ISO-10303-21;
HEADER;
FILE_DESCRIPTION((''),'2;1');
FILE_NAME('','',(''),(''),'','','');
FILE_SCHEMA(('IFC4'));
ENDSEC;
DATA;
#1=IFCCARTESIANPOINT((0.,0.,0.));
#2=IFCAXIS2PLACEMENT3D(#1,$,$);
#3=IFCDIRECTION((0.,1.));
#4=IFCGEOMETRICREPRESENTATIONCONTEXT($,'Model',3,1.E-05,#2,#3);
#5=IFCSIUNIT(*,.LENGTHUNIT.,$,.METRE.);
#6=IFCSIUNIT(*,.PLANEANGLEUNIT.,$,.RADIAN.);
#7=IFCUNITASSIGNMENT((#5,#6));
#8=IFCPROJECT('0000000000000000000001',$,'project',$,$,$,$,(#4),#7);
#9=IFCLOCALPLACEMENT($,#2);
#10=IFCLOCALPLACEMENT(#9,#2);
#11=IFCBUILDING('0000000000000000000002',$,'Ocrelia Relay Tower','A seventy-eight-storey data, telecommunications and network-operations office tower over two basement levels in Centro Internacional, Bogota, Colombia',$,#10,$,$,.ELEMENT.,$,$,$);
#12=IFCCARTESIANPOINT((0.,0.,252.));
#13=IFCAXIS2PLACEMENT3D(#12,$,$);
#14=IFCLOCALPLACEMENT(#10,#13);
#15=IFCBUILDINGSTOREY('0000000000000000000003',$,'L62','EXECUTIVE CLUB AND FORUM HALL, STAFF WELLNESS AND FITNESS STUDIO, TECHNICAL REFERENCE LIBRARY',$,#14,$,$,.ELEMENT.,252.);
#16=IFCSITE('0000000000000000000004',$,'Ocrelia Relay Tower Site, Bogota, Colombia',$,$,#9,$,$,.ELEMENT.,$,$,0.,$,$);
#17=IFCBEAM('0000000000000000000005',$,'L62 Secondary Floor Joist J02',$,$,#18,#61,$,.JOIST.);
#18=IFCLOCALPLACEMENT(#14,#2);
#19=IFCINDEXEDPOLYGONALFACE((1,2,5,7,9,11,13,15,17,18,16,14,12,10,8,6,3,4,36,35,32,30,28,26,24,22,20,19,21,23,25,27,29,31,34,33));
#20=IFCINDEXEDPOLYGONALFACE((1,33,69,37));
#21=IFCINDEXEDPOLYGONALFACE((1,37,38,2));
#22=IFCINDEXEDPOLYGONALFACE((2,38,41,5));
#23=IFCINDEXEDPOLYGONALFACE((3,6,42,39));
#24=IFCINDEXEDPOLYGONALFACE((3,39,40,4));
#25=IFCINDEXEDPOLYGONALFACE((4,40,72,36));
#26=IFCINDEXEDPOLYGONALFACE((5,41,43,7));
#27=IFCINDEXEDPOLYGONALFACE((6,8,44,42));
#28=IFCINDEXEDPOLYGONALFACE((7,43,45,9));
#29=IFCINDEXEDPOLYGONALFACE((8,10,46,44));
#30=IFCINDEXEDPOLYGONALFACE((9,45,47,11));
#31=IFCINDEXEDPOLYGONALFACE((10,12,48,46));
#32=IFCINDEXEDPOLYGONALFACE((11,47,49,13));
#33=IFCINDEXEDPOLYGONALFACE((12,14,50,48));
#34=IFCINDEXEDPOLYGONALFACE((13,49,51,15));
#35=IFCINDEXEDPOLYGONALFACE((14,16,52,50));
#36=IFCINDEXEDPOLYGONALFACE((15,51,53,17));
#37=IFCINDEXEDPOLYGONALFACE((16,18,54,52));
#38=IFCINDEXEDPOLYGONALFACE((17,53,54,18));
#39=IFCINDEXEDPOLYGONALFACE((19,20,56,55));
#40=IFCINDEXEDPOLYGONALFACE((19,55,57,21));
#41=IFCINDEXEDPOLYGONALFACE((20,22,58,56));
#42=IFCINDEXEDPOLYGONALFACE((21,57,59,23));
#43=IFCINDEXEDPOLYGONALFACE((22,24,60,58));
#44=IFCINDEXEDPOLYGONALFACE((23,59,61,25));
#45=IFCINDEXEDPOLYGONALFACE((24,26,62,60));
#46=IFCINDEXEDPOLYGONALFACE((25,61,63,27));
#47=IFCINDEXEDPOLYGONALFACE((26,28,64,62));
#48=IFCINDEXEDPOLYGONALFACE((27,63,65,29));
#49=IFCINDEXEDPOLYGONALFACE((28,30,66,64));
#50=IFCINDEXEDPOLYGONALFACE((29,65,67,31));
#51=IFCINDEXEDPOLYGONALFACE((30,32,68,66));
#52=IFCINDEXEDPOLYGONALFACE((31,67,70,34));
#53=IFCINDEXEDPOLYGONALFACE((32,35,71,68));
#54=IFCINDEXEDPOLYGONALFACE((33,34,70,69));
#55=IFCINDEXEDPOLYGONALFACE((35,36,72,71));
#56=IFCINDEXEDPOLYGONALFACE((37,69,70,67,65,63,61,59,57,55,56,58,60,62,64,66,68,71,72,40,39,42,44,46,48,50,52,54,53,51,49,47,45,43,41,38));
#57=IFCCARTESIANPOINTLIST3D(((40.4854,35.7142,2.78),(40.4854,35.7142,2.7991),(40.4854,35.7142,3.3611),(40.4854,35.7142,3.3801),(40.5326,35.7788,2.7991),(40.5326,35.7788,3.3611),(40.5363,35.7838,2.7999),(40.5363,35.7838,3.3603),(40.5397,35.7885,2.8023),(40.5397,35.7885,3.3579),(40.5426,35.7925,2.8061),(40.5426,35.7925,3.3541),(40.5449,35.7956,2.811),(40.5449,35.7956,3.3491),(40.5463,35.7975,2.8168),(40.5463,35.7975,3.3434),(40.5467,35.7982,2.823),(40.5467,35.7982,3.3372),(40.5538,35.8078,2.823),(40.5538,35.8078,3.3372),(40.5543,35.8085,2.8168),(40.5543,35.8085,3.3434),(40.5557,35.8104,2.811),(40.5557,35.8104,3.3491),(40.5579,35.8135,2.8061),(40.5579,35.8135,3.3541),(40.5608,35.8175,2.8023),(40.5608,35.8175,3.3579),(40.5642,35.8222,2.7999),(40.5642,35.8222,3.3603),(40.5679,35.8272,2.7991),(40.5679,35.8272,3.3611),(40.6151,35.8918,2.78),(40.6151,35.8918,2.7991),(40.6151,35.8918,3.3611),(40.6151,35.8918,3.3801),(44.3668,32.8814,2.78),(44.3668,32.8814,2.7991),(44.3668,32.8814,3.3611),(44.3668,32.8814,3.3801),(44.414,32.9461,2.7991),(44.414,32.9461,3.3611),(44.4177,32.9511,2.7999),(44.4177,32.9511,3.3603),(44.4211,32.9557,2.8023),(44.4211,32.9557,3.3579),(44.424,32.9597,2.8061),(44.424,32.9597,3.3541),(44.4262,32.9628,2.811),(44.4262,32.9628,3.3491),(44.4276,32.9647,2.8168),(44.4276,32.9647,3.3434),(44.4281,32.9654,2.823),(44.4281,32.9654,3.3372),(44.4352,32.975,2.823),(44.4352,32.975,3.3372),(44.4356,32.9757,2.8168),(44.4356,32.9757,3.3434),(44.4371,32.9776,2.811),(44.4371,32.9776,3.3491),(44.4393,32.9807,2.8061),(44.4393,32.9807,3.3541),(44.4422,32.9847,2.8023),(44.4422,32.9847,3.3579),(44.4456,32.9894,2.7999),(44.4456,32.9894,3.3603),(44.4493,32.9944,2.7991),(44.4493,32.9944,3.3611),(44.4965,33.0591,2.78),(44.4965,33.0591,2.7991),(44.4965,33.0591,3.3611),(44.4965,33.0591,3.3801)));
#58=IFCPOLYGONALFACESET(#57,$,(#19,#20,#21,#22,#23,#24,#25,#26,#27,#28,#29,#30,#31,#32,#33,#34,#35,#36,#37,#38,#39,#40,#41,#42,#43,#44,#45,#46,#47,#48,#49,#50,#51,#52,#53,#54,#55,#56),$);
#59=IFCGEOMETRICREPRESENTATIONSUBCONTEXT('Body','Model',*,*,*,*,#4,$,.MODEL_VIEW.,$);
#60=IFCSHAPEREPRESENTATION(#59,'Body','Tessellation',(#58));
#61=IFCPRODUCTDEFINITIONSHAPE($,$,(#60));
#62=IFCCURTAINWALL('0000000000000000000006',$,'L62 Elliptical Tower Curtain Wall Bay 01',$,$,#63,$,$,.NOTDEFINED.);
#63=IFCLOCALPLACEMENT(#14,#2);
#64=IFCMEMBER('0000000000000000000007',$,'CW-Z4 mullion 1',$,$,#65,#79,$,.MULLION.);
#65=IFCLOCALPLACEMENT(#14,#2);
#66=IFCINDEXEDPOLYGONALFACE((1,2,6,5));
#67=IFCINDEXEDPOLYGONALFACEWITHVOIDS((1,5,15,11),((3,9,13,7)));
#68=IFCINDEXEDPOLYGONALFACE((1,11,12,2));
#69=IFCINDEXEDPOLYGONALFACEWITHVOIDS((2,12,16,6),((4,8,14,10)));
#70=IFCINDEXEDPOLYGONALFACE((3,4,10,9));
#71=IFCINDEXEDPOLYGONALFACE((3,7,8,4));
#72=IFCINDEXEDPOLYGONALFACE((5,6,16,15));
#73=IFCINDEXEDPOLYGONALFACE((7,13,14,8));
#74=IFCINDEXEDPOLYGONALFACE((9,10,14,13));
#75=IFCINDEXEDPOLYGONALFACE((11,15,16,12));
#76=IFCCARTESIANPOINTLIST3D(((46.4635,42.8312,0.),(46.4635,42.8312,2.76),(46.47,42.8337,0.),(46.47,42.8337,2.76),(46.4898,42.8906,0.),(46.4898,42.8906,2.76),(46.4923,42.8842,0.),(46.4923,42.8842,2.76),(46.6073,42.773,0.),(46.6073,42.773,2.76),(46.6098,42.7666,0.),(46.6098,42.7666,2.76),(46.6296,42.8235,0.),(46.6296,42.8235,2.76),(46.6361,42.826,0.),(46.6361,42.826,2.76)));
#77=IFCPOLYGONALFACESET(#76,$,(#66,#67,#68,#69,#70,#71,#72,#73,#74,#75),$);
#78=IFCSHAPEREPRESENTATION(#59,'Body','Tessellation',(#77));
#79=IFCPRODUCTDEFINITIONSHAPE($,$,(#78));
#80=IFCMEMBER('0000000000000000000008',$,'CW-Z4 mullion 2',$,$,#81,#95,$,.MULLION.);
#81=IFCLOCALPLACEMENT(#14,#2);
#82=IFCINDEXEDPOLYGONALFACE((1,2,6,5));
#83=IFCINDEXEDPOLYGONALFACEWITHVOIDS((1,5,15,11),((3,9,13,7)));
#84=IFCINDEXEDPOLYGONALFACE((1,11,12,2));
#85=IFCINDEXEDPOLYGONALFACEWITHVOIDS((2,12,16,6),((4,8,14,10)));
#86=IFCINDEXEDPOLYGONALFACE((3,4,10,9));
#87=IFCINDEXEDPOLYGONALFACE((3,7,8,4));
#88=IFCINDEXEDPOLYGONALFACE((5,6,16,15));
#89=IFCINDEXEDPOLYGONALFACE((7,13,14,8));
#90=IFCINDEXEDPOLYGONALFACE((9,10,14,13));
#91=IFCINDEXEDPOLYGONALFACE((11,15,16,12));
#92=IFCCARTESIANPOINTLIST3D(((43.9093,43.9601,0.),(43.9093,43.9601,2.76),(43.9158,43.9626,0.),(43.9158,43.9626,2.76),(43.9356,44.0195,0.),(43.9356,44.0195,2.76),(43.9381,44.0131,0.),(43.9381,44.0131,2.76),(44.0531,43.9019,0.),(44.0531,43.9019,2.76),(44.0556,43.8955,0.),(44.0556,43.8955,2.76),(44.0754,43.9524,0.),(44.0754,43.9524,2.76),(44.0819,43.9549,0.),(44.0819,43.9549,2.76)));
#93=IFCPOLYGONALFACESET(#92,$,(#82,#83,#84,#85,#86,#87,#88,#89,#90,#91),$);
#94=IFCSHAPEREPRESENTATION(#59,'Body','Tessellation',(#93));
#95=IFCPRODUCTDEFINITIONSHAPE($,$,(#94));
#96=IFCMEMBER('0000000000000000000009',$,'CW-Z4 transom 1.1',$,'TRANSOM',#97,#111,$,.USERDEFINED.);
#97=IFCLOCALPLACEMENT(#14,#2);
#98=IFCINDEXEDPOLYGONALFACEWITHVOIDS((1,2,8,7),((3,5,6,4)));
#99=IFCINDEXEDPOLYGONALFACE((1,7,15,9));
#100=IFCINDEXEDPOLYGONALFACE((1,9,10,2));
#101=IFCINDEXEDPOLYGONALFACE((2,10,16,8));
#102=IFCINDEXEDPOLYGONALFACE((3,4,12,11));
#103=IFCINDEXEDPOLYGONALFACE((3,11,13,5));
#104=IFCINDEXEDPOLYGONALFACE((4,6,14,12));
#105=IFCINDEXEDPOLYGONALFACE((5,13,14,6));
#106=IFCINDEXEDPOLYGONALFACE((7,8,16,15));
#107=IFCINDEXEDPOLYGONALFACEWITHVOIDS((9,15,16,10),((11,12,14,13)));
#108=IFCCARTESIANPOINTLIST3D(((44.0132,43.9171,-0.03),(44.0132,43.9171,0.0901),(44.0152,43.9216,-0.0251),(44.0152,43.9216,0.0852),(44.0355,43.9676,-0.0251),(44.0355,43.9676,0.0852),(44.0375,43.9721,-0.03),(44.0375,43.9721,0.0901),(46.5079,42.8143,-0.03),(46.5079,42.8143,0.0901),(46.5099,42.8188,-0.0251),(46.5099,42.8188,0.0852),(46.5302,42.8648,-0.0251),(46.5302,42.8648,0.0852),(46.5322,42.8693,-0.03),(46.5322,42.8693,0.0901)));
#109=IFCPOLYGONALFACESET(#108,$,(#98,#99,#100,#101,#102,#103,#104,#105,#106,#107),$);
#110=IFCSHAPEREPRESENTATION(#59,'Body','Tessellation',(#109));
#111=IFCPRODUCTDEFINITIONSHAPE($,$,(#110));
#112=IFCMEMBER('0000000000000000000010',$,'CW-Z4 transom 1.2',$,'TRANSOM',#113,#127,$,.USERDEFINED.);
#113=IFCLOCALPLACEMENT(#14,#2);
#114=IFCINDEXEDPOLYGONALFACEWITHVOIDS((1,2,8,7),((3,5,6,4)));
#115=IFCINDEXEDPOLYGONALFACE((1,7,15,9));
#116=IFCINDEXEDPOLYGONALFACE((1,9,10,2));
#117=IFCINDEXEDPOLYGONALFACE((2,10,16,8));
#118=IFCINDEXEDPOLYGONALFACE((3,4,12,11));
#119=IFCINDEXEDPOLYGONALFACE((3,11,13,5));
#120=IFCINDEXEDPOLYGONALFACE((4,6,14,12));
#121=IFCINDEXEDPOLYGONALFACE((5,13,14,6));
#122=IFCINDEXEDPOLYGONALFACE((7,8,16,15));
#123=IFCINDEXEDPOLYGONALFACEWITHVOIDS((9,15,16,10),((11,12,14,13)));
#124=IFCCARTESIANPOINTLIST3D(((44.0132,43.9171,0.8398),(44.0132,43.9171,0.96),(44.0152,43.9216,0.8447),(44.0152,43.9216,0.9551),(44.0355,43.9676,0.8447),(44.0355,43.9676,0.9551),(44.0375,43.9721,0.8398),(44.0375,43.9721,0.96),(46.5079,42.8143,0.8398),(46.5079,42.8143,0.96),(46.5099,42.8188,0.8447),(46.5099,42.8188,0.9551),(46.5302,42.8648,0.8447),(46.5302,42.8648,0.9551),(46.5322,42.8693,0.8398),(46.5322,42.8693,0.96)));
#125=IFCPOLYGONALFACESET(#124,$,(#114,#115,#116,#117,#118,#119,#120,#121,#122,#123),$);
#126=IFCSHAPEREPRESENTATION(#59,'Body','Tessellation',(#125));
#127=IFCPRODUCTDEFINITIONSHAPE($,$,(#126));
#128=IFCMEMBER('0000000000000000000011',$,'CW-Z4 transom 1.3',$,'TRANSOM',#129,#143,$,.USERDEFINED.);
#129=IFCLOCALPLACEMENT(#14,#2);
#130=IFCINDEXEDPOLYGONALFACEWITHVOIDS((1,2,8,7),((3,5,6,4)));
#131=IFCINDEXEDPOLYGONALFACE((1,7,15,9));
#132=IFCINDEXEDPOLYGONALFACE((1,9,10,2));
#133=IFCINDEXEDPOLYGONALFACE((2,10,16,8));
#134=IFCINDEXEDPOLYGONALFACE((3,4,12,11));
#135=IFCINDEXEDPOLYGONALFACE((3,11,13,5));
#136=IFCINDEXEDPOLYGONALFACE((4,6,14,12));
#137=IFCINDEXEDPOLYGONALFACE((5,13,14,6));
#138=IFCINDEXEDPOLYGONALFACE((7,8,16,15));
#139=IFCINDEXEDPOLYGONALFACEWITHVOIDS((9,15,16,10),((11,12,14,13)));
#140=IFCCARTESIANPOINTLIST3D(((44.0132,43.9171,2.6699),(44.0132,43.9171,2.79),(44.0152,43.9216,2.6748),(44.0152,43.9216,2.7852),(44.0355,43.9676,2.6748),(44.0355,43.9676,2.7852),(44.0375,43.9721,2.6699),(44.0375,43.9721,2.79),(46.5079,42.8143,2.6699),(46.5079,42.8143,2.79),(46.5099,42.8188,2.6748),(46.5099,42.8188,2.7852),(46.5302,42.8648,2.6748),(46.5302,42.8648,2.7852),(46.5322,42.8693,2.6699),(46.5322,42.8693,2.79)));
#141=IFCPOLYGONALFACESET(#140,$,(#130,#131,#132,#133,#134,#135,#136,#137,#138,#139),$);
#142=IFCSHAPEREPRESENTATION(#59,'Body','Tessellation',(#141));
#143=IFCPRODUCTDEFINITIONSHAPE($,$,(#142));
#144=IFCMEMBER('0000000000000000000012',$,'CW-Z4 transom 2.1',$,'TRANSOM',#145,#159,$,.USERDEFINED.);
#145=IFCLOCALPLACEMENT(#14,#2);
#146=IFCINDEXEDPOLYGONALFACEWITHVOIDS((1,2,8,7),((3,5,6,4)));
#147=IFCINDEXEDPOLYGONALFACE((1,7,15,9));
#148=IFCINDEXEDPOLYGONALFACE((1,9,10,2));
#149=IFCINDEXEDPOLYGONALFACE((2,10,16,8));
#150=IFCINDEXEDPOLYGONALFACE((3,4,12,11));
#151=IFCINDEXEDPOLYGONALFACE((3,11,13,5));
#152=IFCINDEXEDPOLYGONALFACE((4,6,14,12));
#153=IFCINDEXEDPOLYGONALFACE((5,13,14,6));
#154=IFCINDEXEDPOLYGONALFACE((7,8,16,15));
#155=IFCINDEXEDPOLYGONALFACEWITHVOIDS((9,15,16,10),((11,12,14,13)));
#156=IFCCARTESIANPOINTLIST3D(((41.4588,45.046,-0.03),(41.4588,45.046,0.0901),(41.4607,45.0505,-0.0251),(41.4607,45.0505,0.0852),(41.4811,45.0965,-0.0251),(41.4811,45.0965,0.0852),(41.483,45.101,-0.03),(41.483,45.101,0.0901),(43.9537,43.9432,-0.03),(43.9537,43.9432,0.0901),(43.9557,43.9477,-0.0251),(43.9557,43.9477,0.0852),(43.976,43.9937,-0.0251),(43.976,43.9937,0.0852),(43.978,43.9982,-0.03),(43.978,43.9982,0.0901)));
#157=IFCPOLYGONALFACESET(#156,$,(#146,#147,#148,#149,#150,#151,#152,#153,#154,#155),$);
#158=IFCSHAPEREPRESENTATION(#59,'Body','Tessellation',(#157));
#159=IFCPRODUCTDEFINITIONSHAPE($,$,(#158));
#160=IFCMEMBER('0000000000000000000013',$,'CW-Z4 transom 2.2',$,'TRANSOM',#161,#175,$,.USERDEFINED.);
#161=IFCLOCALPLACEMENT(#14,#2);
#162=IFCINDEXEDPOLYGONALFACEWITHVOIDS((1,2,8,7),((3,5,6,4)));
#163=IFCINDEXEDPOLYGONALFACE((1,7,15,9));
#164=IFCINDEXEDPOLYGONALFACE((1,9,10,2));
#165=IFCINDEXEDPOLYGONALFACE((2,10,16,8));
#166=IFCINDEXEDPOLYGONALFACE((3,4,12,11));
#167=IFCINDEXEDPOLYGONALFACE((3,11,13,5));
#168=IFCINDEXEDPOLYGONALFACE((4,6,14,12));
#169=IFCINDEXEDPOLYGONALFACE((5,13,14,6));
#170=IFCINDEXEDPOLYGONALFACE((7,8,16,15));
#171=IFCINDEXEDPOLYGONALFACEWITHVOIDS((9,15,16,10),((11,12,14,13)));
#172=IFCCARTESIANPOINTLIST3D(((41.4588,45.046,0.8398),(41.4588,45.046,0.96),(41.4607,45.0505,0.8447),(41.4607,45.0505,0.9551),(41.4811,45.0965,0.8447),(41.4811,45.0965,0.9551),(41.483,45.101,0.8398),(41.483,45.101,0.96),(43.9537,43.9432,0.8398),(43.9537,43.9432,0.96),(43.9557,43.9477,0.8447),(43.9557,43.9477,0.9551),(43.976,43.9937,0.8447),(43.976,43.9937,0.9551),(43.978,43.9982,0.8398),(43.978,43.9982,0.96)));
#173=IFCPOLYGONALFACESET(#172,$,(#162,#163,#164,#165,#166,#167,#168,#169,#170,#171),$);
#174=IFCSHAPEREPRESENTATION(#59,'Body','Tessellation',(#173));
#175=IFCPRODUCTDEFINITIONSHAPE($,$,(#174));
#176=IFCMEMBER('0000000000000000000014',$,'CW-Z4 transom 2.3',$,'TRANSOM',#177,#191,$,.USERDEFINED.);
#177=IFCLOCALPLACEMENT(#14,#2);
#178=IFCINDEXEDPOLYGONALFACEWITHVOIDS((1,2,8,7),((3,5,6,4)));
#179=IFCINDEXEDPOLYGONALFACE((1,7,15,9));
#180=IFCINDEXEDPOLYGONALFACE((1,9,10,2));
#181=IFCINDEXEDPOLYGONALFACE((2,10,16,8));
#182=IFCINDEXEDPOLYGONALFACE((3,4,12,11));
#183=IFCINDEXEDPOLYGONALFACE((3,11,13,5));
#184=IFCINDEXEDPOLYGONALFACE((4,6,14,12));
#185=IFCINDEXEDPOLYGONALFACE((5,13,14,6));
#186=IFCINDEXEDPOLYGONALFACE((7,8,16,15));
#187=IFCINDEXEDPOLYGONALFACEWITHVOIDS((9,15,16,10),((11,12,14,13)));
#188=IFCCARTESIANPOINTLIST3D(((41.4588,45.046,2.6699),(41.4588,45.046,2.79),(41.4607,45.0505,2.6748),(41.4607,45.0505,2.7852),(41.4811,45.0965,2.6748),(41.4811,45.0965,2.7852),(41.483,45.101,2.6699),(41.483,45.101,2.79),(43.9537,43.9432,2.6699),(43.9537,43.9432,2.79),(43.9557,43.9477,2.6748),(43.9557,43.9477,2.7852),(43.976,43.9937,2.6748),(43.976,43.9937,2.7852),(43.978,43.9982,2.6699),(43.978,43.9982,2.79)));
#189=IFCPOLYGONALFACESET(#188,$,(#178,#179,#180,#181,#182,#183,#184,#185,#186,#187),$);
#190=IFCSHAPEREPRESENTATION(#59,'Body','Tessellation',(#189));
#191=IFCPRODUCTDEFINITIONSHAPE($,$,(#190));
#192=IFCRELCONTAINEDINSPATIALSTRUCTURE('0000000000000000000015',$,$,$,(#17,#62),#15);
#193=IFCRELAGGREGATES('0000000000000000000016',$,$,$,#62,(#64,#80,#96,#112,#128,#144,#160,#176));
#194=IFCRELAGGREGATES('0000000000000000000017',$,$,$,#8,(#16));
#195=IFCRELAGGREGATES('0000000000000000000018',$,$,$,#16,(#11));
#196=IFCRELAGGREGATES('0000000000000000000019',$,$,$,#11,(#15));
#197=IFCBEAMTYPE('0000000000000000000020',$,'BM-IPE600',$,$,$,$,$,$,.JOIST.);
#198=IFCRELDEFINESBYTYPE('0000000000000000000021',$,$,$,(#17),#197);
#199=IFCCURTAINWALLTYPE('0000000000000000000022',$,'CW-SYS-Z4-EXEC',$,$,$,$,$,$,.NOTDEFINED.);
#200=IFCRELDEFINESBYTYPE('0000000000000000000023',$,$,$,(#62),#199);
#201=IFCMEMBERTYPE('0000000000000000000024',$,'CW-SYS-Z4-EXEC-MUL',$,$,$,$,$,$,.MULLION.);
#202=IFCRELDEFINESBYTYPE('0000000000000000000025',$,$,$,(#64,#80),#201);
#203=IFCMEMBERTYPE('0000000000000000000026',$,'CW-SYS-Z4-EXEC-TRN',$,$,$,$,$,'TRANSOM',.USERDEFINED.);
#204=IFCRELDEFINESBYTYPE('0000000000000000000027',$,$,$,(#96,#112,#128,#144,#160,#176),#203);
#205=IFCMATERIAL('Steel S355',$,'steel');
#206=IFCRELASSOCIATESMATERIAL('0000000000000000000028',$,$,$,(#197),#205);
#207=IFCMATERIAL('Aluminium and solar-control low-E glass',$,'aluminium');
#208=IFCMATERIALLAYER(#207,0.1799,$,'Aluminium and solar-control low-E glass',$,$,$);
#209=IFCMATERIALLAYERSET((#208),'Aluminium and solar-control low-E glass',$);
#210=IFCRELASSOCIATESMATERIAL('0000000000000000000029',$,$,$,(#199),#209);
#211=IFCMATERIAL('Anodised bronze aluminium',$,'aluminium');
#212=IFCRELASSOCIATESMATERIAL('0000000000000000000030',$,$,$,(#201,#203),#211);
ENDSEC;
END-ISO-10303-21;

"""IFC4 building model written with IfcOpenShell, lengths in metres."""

from ifc_helpers import new_model, si_unit, direction, frame, origin, origin_2d, place, context, subcontext, project, spatial, hollow_rectangle, i_section, extrude, material, layer, layer_set, material_profile, profile_set, type_object, element, aggregate, save


model = new_model("IFC4")

# Units and contexts
model_context = context("Model", 3, precision=1e-05, world=origin(), true_north=direction((0.0, 1.0)))
body_context = subcontext(model_context, "Body", "Model", "MODEL_VIEW")
ifc_project = project(units=[si_unit("LENGTHUNIT", "METRE"), si_unit("PLANEANGLEUNIT", "RADIAN")], contexts=[model_context])

# Site, building, storey
site_placement = place(None, origin())
site = spatial("IfcSite", under=ifc_project, at=site_placement, Name="Ocrelia Relay Tower Site, Bogota, Colombia", CompositionType="ELEMENT", RefElevation=0.0)
building_placement = place(site_placement, origin())
building = spatial("IfcBuilding", under=site, at=building_placement, Name="Ocrelia Relay Tower", Description="A seventy-eight-storey data, telecommunications and network-operations office tower over two basement levels in Centro Internacional, Bogota, Colombia", CompositionType="ELEMENT")
storey_placement = place(building_placement, frame((0.0, 0.0, 252.0)))
storey = spatial("IfcBuildingStorey", under=building, at=storey_placement, Name="L62", Description="EXECUTIVE CLUB AND FORUM HALL, STAFF WELLNESS AND FITNESS STUDIO, TECHNICAL REFERENCE LIBRARY", CompositionType="ELEMENT", Elevation=252.0)

# Beam
ifc_material_1 = material(Name="Steel S355", Category="steel")
ifc_material_profile_1 = material_profile(ifc_material_1, i_section(OverallWidth=0.22, OverallDepth=0.6001, WebThickness=0.012, FlangeThickness=0.019, FilletRadius=0.0239, at=origin_2d()), Name="IPE 600")
ifc_profile_set_1 = profile_set([ifc_material_profile_1], Name="Steel S355")
beam_type_1 = type_object("IfcBeamType", Name="BM-IPE600", PredefinedType="JOIST", material=ifc_profile_set_1)
beam_1_placement = place(storey_placement, frame((44.4316, 32.9702, 3.0801), z_axis=(-0.807748, 0.589527, 0.0), x_axis=(-0.589527, -0.807748, 0.0)))
element("IfcBeam", 1, at=beam_1_placement, inside=storey, type_object=beam_type_1, Name="L62 Secondary Floor Joist J02", PredefinedType="JOIST", context=body_context, shape_type="SweptSolid", body=[
    extrude(i_section(OverallWidth=0.22, OverallDepth=0.6001, WebThickness=0.012, FlangeThickness=0.019, FilletRadius=0.0239, at=origin_2d()), origin(), (0.0, 0.0, 1.0), 4.8052),
])

# Curtain wall, members
ifc_material_2 = material(Name="Aluminium and solar-control low-E glass", Category="aluminium")
ifc_layer_1 = layer(ifc_material_2, 0.1799, Name="Aluminium and solar-control low-E glass")
ifc_layer_set_1 = layer_set([ifc_layer_1], Name="Aluminium and solar-control low-E glass")
curtain_wall_type = type_object("IfcCurtainWallType", Name="CW-SYS-Z4-EXEC", PredefinedType="NOTDEFINED", material=ifc_layer_set_1)
curtain_wall_placement = place(storey_placement, origin())
curtain_wall = element("IfcCurtainWall", 2, at=curtain_wall_placement, inside=storey, type_object=curtain_wall_type, Name="L62 Elliptical Tower Curtain Wall Bay 01", PredefinedType="NOTDEFINED")
ifc_material_3 = material(Name="Anodised bronze aluminium", Category="aluminium")
ifc_material_profile_2 = material_profile(ifc_material_3, hollow_rectangle(XDim=0.0649, YDim=0.1599, WallThickness=0.0049, at=origin_2d()), Name="CW-MUL-160x65")
ifc_profile_set_2 = profile_set([ifc_material_profile_2], Name="Anodised bronze aluminium")
member_type_1 = type_object("IfcMemberType", Name="CW-SYS-Z4-EXEC-MUL", PredefinedType="MULLION", material=ifc_profile_set_2)
member_1_placement = place(storey_placement, frame((46.5498, 42.8286, 0.0), z_axis=(0.0, 0.0, 1.0), x_axis=(-0.404298, -0.914627, 0.0)))
member_1 = element("IfcMember", 3, at=member_1_placement, type_object=member_type_1, Name="CW-Z4 mullion 1", PredefinedType="MULLION", context=body_context, shape_type="SweptSolid", body=[
    extrude(hollow_rectangle(XDim=0.0649, YDim=0.1599, WallThickness=0.0049, at=origin_2d()), origin(), (0.0, 0.0, 1.0), 2.76),
])
member_2_placement = place(storey_placement, frame((43.9956, 43.9575, 0.0), z_axis=(0.0, 0.0, 1.0), x_axis=(-0.404298, -0.914627, 0.0)))
member_2 = element("IfcMember", 4, at=member_2_placement, type_object=member_type_1, Name="CW-Z4 mullion 2", PredefinedType="MULLION", context=body_context, shape_type="SweptSolid", body=[
    extrude(hollow_rectangle(XDim=0.0649, YDim=0.1599, WallThickness=0.0049, at=origin_2d()), origin(), (0.0, 0.0, 1.0), 2.76),
])
ifc_material_profile_3 = material_profile(ifc_material_3, hollow_rectangle(XDim=0.0601, YDim=0.1201, WallThickness=0.0049, at=origin_2d()), Name="CW-TRN-120x60")
ifc_profile_set_3 = profile_set([ifc_material_profile_3], Name="Anodised bronze aluminium")
member_type_2 = type_object("IfcMemberType", Name="CW-SYS-Z4-EXEC-TRN", ElementType="TRANSOM", PredefinedType="USERDEFINED", material=ifc_profile_set_3)
member_3_placement = place(storey_placement, frame((46.52, 42.8418, 0.03), z_axis=(-0.914618, 0.404319, 0.0), x_axis=(-0.404319, -0.914618, 0.0)))
member_3 = element("IfcMember", 5, at=member_3_placement, type_object=member_type_2, Name="CW-Z4 transom 1.1", ObjectType="TRANSOM", PredefinedType="USERDEFINED", context=body_context, shape_type="SweptSolid", body=[
    extrude(hollow_rectangle(XDim=0.0601, YDim=0.1201, WallThickness=0.0049, at=origin_2d()), origin(), (0.0, 0.0, 1.0), 2.7275),
])
member_4_placement = place(storey_placement, frame((46.52, 42.8418, 0.8999), z_axis=(-0.914618, 0.404319, 0.0), x_axis=(-0.404319, -0.914618, 0.0)))
member_4 = element("IfcMember", 6, at=member_4_placement, type_object=member_type_2, Name="CW-Z4 transom 1.2", ObjectType="TRANSOM", PredefinedType="USERDEFINED", context=body_context, shape_type="SweptSolid", body=[
    extrude(hollow_rectangle(XDim=0.0601, YDim=0.1201, WallThickness=0.0049, at=origin_2d()), origin(), (0.0, 0.0, 1.0), 2.7275),
])
member_5_placement = place(storey_placement, frame((46.52, 42.8418, 2.73), z_axis=(-0.914618, 0.404319, 0.0), x_axis=(-0.404319, -0.914618, 0.0)))
member_5 = element("IfcMember", 7, at=member_5_placement, type_object=member_type_2, Name="CW-Z4 transom 1.3", ObjectType="TRANSOM", PredefinedType="USERDEFINED", context=body_context, shape_type="SweptSolid", body=[
    extrude(hollow_rectangle(XDim=0.0601, YDim=0.1201, WallThickness=0.0049, at=origin_2d()), origin(), (0.0, 0.0, 1.0), 2.7275),
])
member_6_placement = place(storey_placement, frame((43.9658, 43.9707, 0.03), z_axis=(-0.914633, 0.404286, 0.0), x_axis=(-0.404286, -0.914633, 0.0)))
member_6 = element("IfcMember", 8, at=member_6_placement, type_object=member_type_2, Name="CW-Z4 transom 2.1", ObjectType="TRANSOM", PredefinedType="USERDEFINED", context=body_context, shape_type="SweptSolid", body=[
    extrude(hollow_rectangle(XDim=0.0601, YDim=0.1201, WallThickness=0.0049, at=origin_2d()), origin(), (0.0, 0.0, 1.0), 2.7278),
])
member_7_placement = place(storey_placement, frame((43.9658, 43.9707, 0.8999), z_axis=(-0.914633, 0.404286, 0.0), x_axis=(-0.404286, -0.914633, 0.0)))
member_7 = element("IfcMember", 9, at=member_7_placement, type_object=member_type_2, Name="CW-Z4 transom 2.2", ObjectType="TRANSOM", PredefinedType="USERDEFINED", context=body_context, shape_type="SweptSolid", body=[
    extrude(hollow_rectangle(XDim=0.0601, YDim=0.1201, WallThickness=0.0049, at=origin_2d()), origin(), (0.0, 0.0, 1.0), 2.7278),
])
member_8_placement = place(storey_placement, frame((43.9658, 43.9707, 2.73), z_axis=(-0.914633, 0.404286, 0.0), x_axis=(-0.404286, -0.914633, 0.0)))
member_8 = element("IfcMember", 10, at=member_8_placement, type_object=member_type_2, Name="CW-Z4 transom 2.3", ObjectType="TRANSOM", PredefinedType="USERDEFINED", context=body_context, shape_type="SweptSolid", body=[
    extrude(hollow_rectangle(XDim=0.0601, YDim=0.1201, WallThickness=0.0049, at=origin_2d()), origin(), (0.0, 0.0, 1.0), 2.7278),
])
aggregate(curtain_wall, [member_1, member_2, member_3, member_4, member_5, member_6, member_7, member_8])

save(model, "model.ifc")
